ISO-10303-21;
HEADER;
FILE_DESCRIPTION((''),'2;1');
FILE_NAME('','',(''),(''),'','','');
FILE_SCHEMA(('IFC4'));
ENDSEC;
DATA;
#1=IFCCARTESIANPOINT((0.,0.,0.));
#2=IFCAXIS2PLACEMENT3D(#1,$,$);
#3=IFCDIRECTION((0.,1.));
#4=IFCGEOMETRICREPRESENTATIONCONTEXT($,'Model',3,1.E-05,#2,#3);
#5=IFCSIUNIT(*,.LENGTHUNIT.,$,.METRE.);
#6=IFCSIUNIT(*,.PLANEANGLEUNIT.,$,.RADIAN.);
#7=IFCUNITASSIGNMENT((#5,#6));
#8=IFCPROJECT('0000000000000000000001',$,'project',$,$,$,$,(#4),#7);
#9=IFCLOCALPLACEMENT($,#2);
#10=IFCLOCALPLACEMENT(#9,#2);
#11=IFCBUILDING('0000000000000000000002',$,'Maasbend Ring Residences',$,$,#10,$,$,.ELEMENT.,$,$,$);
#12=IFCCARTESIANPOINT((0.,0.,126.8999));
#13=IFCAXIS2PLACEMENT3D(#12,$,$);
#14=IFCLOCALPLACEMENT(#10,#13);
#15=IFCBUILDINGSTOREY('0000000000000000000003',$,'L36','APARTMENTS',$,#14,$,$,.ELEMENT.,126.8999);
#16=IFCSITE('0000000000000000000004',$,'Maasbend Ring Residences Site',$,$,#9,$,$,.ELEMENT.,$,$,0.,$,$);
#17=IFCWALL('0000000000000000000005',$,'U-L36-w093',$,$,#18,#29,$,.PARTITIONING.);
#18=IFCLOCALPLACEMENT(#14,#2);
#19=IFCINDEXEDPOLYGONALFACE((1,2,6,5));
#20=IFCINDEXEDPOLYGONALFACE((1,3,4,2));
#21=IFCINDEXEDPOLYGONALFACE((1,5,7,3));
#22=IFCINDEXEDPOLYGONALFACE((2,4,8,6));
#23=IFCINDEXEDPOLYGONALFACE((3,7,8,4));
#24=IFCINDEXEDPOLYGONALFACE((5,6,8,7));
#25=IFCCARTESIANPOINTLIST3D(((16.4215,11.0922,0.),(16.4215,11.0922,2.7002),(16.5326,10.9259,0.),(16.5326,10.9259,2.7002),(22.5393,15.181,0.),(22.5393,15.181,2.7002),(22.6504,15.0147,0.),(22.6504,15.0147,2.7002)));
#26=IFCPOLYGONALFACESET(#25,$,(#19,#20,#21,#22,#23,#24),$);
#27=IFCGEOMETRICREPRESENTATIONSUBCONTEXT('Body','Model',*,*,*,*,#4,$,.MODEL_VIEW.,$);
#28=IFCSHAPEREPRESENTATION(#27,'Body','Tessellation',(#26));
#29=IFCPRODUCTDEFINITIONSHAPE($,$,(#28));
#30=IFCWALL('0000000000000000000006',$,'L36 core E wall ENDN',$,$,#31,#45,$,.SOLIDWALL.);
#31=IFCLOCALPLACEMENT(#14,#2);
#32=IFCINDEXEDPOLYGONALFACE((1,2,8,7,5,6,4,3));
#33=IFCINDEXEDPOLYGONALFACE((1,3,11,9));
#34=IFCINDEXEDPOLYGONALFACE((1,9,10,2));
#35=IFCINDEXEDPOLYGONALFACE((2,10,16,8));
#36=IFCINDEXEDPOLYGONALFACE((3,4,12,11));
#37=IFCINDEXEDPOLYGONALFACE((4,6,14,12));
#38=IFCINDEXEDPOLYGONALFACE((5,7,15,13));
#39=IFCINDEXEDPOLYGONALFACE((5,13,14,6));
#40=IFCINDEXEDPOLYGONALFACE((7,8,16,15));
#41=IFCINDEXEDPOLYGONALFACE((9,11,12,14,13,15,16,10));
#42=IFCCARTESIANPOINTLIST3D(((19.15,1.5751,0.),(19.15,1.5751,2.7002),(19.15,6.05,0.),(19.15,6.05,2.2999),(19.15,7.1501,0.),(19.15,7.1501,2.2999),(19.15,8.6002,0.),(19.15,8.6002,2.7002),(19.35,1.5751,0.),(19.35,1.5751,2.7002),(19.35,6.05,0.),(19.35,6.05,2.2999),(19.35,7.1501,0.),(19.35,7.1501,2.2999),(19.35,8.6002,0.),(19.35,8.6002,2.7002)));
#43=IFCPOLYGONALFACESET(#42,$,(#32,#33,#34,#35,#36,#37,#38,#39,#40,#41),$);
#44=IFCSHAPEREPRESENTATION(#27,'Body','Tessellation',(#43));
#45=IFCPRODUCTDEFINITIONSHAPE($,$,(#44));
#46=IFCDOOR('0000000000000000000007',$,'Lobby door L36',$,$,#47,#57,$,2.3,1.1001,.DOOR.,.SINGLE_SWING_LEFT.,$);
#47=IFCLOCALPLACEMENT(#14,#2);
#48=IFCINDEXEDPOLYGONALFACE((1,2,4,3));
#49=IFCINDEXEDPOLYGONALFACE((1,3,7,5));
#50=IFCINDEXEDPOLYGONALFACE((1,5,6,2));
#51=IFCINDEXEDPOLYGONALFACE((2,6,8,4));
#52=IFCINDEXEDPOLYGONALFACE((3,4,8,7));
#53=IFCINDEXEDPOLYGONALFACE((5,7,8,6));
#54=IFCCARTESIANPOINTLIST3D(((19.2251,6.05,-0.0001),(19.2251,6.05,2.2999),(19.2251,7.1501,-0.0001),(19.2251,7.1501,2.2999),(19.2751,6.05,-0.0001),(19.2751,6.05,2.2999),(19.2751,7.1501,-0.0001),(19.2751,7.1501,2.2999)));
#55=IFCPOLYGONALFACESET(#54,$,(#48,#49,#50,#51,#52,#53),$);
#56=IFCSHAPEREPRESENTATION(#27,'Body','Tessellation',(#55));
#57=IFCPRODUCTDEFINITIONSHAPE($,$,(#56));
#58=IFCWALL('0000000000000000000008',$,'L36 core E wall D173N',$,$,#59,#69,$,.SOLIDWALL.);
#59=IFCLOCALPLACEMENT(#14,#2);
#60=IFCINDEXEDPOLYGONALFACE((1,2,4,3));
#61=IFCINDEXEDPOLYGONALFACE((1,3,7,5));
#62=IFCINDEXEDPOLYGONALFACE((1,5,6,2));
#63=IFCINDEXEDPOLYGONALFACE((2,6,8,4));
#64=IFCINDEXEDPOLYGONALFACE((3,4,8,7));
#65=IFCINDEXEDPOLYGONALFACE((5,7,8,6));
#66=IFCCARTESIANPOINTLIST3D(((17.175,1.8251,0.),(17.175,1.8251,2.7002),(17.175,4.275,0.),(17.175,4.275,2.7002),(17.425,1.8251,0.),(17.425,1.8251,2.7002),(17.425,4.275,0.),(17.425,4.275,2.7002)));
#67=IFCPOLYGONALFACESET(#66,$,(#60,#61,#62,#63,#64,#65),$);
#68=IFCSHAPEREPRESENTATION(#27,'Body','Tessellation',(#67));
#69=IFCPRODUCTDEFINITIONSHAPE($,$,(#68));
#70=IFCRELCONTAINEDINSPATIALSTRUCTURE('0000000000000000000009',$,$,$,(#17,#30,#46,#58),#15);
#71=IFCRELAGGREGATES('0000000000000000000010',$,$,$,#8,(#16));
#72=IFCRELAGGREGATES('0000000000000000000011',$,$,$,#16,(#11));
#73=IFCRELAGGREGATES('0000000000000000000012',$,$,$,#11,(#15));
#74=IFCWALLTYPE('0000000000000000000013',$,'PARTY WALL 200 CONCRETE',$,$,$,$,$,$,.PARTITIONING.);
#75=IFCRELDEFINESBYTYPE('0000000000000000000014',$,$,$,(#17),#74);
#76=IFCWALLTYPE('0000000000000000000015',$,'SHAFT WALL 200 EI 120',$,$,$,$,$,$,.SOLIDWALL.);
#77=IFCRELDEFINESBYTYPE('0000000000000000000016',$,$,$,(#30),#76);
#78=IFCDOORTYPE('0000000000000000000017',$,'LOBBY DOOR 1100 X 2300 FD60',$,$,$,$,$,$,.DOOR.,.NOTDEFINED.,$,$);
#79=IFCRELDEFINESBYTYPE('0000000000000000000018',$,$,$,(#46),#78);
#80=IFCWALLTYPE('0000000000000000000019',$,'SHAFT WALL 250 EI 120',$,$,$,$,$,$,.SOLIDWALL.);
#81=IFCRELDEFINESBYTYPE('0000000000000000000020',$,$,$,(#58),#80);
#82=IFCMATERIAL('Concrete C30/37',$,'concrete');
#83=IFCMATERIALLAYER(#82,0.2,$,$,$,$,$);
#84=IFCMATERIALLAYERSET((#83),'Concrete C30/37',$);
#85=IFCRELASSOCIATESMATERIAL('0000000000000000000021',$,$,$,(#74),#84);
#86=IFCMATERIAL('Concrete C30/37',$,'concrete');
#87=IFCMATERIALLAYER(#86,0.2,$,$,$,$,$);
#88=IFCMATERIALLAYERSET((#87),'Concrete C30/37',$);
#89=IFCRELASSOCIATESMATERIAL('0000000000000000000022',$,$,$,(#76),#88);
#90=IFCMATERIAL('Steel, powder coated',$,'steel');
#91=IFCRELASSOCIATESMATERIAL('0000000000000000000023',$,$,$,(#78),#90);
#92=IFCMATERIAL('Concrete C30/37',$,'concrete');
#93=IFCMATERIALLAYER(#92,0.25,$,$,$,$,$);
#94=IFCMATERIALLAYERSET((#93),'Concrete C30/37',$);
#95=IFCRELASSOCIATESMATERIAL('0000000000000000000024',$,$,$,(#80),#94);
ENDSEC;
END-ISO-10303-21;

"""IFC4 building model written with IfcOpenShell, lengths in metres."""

from ifc_helpers import new_model, si_unit, direction, frame, frame_2d, origin, place, context, subcontext, project, spatial, rectangle, extrude, material, layer, layer_set, type_object, element, fill, save


model = new_model("IFC4")

# Units and contexts
model_context = context("Model", 3, precision=1e-05, world=origin(), true_north=direction((0.0, 1.0)))
body_context = subcontext(model_context, "Body", "Model", "MODEL_VIEW")
ifc_project = project(units=[si_unit("LENGTHUNIT", "METRE"), si_unit("PLANEANGLEUNIT", "RADIAN")], contexts=[model_context])

# Site, building, storey
site_placement = place(None, origin())
site = spatial("IfcSite", under=ifc_project, at=site_placement, Name="Maasbend Ring Residences Site", CompositionType="ELEMENT", RefElevation=0.0)
building_placement = place(site_placement, origin())
building = spatial("IfcBuilding", under=site, at=building_placement, Name="Maasbend Ring Residences", CompositionType="ELEMENT")
storey_placement = place(building_placement, frame((0.0, 0.0, 126.8999)))
storey = spatial("IfcBuildingStorey", under=building, at=storey_placement, Name="L36", Description="APARTMENTS", CompositionType="ELEMENT", Elevation=126.8999)

# Wall
ifc_material_1 = material(Name="Concrete C30/37", Category="concrete")
ifc_layer_1 = layer(ifc_material_1, 0.2)
ifc_layer_set_1 = layer_set([ifc_layer_1], Name="Concrete C30/37")
wall_type_1 = type_object("IfcWallType", Name="PARTY WALL 200 CONCRETE", PredefinedType="PARTITIONING", material=ifc_layer_set_1)
wall_1_placement = place(storey_placement, frame((16.4771, 11.009, 0.0), z_axis=(0.0, 0.0, 1.0), x_axis=(0.831407, 0.555665, 0.0)))
element("IfcWall", 1, at=wall_1_placement, inside=storey, type_object=wall_type_1, Name="U-L36-w093", PredefinedType="PARTITIONING", context=body_context, shape_type="SweptSolid", body=[
    extrude(rectangle(XDim=7.3584, YDim=0.2, at=frame_2d((3.6792, 0.0))), origin(), (0.0, 0.0, 1.0), 2.7002),
])

# Wall, opening, door
ifc_material_2 = material(Name="Concrete C30/37", Category="concrete")
ifc_layer_2 = layer(ifc_material_2, 0.2)
ifc_layer_set_2 = layer_set([ifc_layer_2], Name="Concrete C30/37")
wall_type_2 = type_object("IfcWallType", Name="SHAFT WALL 200 EI 120", PredefinedType="SOLIDWALL", material=ifc_layer_set_2)
wall_2_placement = place(storey_placement, frame((19.25, 1.575, 0.0), z_axis=(0.0, 0.0, 1.0), x_axis=(0.0, 1.0, 0.0)))
wall_2 = element("IfcWall", 2, at=wall_2_placement, inside=storey, type_object=wall_type_2, Name="L36 core E wall ENDN", PredefinedType="SOLIDWALL", context=body_context, shape_type="SweptSolid", body=[
    extrude(rectangle(XDim=7.0251, YDim=0.2, at=frame_2d((3.5127, 0.0))), origin(), (0.0, 0.0, 1.0), 2.7002),
])
opening_1_placement = place(wall_2_placement, frame((4.4751, 0.0, 0.0)))
opening_1 = element("IfcOpeningElement", 3, at=opening_1_placement, cuts=wall_2, PredefinedType="OPENING", context=body_context, shape_type="SweptSolid", body=[
    extrude(rectangle(XDim=1.1001, YDim=2.3, at=frame_2d((0.55, 1.1499))), frame((0.0, 0.1099, 0.0), z_axis=(0.0, -1.0, 0.0), x_axis=(1.0, 0.0, 0.0)), (0.0, 0.0, 1.0), 0.22),
])
ifc_material_3 = material(Name="Steel, powder coated", Category="steel")
door_type_1 = type_object("IfcDoorType", Name="LOBBY DOOR 1100 X 2300 FD60", OperationType="NOTDEFINED", PredefinedType="DOOR", material=ifc_material_3)
door_1_placement = place(opening_1_placement, origin())
door_1 = element("IfcDoor", 4, at=door_1_placement, inside=storey, type_object=door_type_1, Name="Lobby door L36", OperationType="SINGLE_SWING_LEFT", OverallHeight=2.3, OverallWidth=1.1001, PredefinedType="DOOR", context=body_context, shape_type="SweptSolid", body=[
    extrude(rectangle(XDim=1.1001, YDim=2.3, at=frame_2d((0.55, 1.1499))), frame((0.0, 0.0249, 0.0), z_axis=(0.0, -1.0, 0.0), x_axis=(1.0, 0.0, 0.0)), (0.0, 0.0, 1.0), 0.05),
])
fill(opening_1, door_1)

# Wall
ifc_material_4 = material(Name="Concrete C30/37", Category="concrete")
ifc_layer_3 = layer(ifc_material_4, 0.25)
ifc_layer_set_3 = layer_set([ifc_layer_3], Name="Concrete C30/37")
wall_type_3 = type_object("IfcWallType", Name="SHAFT WALL 250 EI 120", PredefinedType="SOLIDWALL", material=ifc_layer_set_3)
wall_3_placement = place(storey_placement, frame((17.3, 1.825, 0.0), z_axis=(0.0, 0.0, 1.0), x_axis=(0.0, 1.0, 0.0)))
element("IfcWall", 5, at=wall_3_placement, inside=storey, type_object=wall_type_3, Name="L36 core E wall D173N", PredefinedType="SOLIDWALL", context=body_context, shape_type="SweptSolid", body=[
    extrude(rectangle(XDim=2.45, YDim=0.25, at=frame_2d((1.2251, 0.0))), origin(), (0.0, 0.0, 1.0), 2.7002),
])

save(model, "model.ifc")
